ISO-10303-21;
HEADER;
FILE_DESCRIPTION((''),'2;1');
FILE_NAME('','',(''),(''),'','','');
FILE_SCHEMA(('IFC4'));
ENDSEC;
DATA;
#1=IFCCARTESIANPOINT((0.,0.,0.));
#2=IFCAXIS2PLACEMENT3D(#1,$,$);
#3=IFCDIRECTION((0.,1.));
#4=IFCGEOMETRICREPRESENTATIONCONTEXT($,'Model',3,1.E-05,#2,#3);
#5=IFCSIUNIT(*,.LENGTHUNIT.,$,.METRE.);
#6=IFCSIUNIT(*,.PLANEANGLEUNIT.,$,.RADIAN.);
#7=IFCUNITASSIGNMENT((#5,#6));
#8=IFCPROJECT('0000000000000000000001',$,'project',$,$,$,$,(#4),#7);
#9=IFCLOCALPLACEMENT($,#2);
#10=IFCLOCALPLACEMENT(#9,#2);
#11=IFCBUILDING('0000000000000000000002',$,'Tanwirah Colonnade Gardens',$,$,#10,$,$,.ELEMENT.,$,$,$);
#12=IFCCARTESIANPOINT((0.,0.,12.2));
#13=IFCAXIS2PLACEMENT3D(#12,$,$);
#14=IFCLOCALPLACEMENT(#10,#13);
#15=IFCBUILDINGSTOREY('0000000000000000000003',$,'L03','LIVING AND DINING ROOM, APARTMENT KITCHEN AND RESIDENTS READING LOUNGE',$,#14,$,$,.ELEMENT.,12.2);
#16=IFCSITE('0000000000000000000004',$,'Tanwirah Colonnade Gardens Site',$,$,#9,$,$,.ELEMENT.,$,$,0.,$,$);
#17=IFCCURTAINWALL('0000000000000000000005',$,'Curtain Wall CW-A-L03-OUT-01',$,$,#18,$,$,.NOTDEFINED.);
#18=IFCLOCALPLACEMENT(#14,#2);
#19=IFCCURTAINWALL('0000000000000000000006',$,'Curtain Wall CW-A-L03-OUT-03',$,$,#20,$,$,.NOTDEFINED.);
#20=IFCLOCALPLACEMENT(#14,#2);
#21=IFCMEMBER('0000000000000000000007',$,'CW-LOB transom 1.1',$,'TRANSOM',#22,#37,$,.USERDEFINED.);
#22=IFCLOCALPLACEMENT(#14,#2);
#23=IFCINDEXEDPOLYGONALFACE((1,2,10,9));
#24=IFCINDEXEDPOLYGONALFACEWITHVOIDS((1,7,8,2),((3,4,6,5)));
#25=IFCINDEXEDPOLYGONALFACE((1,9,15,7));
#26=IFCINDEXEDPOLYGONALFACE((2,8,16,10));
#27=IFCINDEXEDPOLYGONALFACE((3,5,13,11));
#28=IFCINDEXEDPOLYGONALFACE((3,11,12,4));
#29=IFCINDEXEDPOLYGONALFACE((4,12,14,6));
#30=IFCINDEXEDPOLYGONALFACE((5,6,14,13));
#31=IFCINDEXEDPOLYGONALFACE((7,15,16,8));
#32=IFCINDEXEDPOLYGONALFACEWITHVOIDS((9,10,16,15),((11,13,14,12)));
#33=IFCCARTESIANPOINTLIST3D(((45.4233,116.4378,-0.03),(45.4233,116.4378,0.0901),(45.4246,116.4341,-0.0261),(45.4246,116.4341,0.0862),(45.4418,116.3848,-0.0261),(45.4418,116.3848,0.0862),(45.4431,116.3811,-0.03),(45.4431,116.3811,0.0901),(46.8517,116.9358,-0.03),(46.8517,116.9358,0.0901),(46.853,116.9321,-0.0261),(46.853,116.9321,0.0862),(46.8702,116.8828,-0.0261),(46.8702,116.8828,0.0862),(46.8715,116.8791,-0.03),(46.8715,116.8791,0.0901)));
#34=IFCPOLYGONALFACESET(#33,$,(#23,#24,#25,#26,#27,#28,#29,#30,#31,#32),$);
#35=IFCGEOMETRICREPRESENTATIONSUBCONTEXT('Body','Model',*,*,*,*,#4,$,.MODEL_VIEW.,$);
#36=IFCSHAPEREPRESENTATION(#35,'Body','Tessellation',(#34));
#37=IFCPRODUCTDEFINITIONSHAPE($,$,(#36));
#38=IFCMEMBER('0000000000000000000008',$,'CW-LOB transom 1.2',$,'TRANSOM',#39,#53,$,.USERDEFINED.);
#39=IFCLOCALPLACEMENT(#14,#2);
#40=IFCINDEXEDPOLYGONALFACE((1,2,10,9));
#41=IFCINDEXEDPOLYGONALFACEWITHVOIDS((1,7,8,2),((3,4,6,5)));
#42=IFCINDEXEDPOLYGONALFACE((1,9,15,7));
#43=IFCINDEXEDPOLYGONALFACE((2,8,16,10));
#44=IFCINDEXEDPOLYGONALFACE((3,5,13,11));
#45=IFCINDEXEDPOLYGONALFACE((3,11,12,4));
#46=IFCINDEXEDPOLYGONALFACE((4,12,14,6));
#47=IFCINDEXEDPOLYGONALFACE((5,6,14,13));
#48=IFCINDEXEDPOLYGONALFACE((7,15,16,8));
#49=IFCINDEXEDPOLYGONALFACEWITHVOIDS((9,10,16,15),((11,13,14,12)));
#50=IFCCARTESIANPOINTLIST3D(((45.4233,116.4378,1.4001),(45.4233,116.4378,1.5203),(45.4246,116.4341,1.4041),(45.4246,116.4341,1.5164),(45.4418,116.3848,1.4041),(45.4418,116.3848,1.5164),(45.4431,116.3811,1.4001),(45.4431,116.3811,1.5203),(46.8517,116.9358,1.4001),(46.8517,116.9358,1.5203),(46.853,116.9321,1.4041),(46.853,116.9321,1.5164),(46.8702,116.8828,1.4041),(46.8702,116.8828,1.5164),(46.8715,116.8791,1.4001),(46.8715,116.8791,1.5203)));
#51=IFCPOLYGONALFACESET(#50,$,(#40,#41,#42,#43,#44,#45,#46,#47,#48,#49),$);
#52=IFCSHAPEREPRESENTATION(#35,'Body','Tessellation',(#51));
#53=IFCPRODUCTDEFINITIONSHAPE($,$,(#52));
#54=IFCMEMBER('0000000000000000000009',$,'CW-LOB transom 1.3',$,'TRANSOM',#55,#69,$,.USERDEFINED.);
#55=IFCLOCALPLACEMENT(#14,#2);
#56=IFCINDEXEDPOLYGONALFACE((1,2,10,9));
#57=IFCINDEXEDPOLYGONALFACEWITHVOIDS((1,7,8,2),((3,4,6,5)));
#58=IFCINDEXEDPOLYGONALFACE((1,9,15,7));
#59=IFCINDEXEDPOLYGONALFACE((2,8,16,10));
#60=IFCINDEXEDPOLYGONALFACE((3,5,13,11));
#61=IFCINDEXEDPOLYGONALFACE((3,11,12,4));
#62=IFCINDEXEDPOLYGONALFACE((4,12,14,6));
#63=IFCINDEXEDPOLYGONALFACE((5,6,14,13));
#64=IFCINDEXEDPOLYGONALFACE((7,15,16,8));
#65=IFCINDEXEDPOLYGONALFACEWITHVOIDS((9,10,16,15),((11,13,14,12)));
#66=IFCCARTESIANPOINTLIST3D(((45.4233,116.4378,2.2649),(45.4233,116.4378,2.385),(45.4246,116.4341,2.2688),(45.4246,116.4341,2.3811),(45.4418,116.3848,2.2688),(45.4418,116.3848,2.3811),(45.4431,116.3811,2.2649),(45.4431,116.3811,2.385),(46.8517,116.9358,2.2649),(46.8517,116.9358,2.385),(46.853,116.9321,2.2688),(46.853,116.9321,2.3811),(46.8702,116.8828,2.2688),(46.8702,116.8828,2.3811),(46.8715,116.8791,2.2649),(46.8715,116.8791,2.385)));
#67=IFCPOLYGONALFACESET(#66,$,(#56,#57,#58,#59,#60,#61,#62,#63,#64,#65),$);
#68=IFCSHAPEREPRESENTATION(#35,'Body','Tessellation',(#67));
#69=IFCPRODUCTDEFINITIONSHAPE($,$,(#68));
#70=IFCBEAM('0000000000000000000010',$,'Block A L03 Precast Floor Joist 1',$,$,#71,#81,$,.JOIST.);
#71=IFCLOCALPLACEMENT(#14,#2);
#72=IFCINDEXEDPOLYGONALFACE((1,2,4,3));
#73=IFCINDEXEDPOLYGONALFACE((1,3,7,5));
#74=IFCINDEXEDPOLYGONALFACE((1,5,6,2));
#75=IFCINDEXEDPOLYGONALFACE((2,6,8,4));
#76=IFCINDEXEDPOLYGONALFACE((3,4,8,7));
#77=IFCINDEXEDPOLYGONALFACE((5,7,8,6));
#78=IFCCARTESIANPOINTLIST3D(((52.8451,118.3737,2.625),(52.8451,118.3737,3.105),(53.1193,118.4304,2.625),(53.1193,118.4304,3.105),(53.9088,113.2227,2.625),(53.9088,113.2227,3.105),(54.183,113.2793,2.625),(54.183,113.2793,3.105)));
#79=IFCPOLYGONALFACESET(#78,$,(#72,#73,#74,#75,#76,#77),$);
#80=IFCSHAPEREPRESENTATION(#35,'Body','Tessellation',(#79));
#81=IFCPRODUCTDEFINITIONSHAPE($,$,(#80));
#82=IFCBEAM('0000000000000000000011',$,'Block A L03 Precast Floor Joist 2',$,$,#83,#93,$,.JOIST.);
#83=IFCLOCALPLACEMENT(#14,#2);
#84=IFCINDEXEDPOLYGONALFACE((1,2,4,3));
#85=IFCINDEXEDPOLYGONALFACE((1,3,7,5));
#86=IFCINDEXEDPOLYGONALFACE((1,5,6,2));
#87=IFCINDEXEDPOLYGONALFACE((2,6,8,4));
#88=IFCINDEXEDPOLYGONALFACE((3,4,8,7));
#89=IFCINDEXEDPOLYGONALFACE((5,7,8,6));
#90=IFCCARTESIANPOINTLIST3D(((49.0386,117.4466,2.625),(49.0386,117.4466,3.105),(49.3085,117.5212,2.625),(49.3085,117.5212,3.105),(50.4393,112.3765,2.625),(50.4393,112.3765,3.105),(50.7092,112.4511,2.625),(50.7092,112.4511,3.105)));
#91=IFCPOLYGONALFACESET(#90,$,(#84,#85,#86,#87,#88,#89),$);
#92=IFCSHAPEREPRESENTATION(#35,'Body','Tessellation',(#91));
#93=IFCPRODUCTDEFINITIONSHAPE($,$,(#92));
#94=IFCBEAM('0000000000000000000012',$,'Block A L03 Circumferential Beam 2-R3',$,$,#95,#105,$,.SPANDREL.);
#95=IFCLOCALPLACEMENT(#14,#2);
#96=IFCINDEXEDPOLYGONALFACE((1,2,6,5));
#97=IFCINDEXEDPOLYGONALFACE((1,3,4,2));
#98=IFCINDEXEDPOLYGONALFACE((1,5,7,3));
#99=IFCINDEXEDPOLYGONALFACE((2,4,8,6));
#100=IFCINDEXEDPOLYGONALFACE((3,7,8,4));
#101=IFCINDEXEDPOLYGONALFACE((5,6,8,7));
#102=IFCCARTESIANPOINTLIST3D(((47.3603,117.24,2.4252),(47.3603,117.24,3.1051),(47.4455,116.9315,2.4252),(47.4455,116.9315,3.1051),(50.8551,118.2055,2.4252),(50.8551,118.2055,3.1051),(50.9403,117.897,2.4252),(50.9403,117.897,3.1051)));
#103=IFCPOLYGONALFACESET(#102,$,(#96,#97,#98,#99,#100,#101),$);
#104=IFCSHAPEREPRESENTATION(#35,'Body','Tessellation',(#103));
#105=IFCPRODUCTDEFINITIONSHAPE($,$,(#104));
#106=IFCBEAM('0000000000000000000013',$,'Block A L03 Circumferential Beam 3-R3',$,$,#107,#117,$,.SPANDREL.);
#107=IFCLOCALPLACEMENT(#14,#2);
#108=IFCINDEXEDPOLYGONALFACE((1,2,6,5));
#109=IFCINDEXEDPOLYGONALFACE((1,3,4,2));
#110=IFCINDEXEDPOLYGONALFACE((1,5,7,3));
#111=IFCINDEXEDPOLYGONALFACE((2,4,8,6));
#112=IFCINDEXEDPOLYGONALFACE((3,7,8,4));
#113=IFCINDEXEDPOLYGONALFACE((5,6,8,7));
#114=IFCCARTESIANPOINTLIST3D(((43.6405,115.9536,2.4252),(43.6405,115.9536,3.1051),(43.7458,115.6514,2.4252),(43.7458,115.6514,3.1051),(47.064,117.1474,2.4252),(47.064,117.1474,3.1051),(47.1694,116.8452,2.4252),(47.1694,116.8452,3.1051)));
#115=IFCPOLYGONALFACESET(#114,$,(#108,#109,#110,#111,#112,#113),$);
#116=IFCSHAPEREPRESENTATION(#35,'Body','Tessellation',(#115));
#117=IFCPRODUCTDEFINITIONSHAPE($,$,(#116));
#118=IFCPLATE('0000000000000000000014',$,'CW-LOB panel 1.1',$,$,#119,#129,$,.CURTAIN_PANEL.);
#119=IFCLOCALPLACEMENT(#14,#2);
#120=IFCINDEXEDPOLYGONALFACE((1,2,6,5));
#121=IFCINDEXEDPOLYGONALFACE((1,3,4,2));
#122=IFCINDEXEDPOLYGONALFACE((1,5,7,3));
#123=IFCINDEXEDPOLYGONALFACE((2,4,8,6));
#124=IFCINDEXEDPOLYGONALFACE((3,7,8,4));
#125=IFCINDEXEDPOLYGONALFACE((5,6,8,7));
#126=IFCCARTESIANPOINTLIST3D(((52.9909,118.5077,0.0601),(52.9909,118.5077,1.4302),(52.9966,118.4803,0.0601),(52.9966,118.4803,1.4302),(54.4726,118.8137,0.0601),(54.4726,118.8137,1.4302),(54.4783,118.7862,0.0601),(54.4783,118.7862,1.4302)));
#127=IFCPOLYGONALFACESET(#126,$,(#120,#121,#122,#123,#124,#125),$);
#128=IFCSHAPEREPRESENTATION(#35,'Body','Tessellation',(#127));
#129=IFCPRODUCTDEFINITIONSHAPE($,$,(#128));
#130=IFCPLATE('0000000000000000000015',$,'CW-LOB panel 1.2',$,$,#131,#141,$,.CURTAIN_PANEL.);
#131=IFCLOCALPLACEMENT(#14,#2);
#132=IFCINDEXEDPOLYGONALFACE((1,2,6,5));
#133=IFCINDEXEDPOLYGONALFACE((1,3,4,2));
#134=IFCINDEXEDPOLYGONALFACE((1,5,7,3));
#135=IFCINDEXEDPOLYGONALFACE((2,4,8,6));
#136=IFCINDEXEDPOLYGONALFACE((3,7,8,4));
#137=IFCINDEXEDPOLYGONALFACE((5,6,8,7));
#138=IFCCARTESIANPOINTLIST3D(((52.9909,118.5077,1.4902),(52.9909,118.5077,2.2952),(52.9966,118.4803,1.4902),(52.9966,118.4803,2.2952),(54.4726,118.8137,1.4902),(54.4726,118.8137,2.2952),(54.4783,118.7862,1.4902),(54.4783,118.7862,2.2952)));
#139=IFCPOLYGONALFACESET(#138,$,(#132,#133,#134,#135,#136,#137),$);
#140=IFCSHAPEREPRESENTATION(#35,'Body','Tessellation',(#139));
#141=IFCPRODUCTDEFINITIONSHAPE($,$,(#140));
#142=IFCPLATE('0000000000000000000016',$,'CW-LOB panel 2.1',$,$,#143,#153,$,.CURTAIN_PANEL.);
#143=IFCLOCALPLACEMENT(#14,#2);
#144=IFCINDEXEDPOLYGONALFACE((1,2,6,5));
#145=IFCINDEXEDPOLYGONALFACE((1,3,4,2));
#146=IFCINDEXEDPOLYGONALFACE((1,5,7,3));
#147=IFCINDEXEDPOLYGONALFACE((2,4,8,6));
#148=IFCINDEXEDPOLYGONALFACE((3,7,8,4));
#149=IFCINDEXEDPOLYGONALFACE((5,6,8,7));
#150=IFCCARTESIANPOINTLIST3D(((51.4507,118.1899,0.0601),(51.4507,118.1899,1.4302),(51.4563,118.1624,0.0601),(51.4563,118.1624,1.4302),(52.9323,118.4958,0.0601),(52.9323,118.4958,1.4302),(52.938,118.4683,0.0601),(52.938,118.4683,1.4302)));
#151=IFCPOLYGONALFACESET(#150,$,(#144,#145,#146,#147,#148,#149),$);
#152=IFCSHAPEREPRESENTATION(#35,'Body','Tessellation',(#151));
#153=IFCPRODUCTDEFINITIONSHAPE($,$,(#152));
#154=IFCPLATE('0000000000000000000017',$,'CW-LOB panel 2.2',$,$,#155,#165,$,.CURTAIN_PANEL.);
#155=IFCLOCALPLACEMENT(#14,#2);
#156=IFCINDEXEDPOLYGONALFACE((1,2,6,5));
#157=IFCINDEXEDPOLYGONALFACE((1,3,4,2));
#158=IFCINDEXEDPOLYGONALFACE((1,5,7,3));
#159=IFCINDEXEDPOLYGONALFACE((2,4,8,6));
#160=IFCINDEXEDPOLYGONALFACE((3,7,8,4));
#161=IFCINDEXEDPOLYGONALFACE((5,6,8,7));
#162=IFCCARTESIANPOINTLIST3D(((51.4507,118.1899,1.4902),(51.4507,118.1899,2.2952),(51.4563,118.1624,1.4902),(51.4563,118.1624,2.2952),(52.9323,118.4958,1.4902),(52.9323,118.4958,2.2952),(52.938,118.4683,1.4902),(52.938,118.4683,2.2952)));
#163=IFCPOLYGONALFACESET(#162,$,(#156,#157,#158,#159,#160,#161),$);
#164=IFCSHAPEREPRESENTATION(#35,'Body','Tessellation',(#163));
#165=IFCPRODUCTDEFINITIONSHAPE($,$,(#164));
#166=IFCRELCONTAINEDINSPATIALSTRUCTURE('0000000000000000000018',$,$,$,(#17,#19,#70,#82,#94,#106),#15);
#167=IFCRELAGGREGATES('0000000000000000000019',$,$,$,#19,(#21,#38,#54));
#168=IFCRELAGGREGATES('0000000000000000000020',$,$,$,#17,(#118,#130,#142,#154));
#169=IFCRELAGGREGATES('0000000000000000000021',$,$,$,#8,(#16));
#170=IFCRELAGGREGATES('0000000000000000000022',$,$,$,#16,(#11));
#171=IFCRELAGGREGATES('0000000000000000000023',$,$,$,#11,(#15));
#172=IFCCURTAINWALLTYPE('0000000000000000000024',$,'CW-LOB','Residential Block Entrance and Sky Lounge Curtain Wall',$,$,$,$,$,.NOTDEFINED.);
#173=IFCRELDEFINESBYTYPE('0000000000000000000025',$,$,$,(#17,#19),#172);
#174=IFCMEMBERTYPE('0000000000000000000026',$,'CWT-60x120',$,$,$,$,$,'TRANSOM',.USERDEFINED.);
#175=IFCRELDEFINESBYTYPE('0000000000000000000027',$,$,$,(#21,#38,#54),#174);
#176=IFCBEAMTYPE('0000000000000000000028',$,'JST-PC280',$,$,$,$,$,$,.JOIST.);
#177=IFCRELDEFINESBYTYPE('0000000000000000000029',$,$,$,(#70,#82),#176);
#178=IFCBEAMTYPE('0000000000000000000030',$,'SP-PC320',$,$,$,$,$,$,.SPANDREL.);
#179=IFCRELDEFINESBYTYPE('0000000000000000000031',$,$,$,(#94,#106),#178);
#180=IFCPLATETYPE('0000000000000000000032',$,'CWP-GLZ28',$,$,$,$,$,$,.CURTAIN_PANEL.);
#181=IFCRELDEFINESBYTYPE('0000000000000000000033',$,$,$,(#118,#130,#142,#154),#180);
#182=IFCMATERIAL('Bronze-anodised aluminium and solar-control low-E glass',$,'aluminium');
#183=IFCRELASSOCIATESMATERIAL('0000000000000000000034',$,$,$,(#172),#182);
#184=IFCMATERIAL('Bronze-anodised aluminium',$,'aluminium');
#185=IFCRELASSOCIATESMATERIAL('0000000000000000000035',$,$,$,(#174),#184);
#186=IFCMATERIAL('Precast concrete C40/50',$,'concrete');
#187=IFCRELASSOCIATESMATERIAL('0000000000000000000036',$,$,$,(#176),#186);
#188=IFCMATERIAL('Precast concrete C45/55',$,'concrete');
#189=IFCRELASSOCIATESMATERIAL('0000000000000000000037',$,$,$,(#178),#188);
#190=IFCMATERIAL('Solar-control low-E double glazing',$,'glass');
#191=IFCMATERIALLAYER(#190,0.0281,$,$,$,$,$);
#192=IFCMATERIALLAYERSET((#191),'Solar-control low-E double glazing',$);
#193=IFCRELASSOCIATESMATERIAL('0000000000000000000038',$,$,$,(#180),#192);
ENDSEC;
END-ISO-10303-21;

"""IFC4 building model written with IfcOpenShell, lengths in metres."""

from ifc_helpers import new_model, si_unit, direction, frame, origin, origin_2d, place, context, subcontext, project, spatial, rectangle, hollow_rectangle, extrude, material, layer, layer_set, material_profile, profile_set, type_object, element, aggregate, save


model = new_model("IFC4")

# Units and contexts
model_context = context("Model", 3, precision=1e-05, world=origin(), true_north=direction((0.0, 1.0)))
body_context = subcontext(model_context, "Body", "Model", "MODEL_VIEW")
ifc_project = project(units=[si_unit("LENGTHUNIT", "METRE"), si_unit("PLANEANGLEUNIT", "RADIAN")], contexts=[model_context])

# Site, building, storey
site_placement = place(None, origin())
site = spatial("IfcSite", under=ifc_project, at=site_placement, Name="Tanwirah Colonnade Gardens Site", CompositionType="ELEMENT", RefElevation=0.0)
building_placement = place(site_placement, origin())
building = spatial("IfcBuilding", under=site, at=building_placement, Name="Tanwirah Colonnade Gardens", CompositionType="ELEMENT")
storey_placement = place(building_placement, frame((0.0, 0.0, 12.2)))
storey = spatial("IfcBuildingStorey", under=building, at=storey_placement, Name="L03", Description="LIVING AND DINING ROOM, APARTMENT KITCHEN AND RESIDENTS READING LOUNGE", CompositionType="ELEMENT", Elevation=12.2)

# Shared definitions
ifc_material_1 = material(Name="Precast concrete C45/55", Category="concrete")
ifc_material_2 = material(Name="Precast concrete C40/50", Category="concrete")

# Curtain wall
ifc_material_3 = material(Name="Bronze-anodised aluminium and solar-control low-E glass", Category="aluminium")
curtain_wall_type = type_object("IfcCurtainWallType", Name="CW-LOB", Description="Residential Block Entrance and Sky Lounge Curtain Wall", PredefinedType="NOTDEFINED", material=ifc_material_3)
curtain_wall_1_placement = place(storey_placement, origin())
curtain_wall_1 = element("IfcCurtainWall", 1, at=curtain_wall_1_placement, inside=storey, type_object=curtain_wall_type, Name="Curtain Wall CW-A-L03-OUT-01", PredefinedType="NOTDEFINED")
ifc_material_4 = material(Name="Bronze-anodised aluminium", Category="aluminium")

# Curtain wall
curtain_wall_2_placement = place(storey_placement, origin())
curtain_wall_2 = element("IfcCurtainWall", 2, at=curtain_wall_2_placement, inside=storey, type_object=curtain_wall_type, Name="Curtain Wall CW-A-L03-OUT-03", PredefinedType="NOTDEFINED")

# Members
ifc_material_profile_1 = material_profile(ifc_material_4, hollow_rectangle(XDim=0.0601, YDim=0.1201, WallThickness=0.0039, at=origin_2d()), Name="CW-TRN 60x120x4")
ifc_profile_set_1 = profile_set([ifc_material_profile_1], Name="Bronze-anodised aluminium")
member_type_1 = type_object("IfcMemberType", Name="CWT-60x120", ElementType="TRANSOM", PredefinedType="USERDEFINED", material=ifc_profile_set_1)
member_1_placement = place(storey_placement, frame((46.8616, 116.9075, 0.03), z_axis=(-0.944253, -0.329222, 0.0), x_axis=(0.329222, -0.944253, 0.0)))
member_1 = element("IfcMember", 3, at=member_1_placement, type_object=member_type_1, Name="CW-LOB transom 1.1", ObjectType="TRANSOM", PredefinedType="USERDEFINED", context=body_context, shape_type="SweptSolid", body=[
    extrude(hollow_rectangle(XDim=0.0601, YDim=0.1201, WallThickness=0.0039, at=origin_2d()), origin(), (0.0, 0.0, 1.0), 1.5127),
])
member_2_placement = place(storey_placement, frame((46.8616, 116.9075, 1.4602), z_axis=(-0.944253, -0.329222, 0.0), x_axis=(0.329222, -0.944253, 0.0)))
member_2 = element("IfcMember", 4, at=member_2_placement, type_object=member_type_1, Name="CW-LOB transom 1.2", ObjectType="TRANSOM", PredefinedType="USERDEFINED", context=body_context, shape_type="SweptSolid", body=[
    extrude(hollow_rectangle(XDim=0.0601, YDim=0.1201, WallThickness=0.0039, at=origin_2d()), origin(), (0.0, 0.0, 1.0), 1.5127),
])
member_3_placement = place(storey_placement, frame((46.8616, 116.9075, 2.325), z_axis=(-0.944253, -0.329222, 0.0), x_axis=(0.329222, -0.944253, 0.0)))
member_3 = element("IfcMember", 5, at=member_3_placement, type_object=member_type_1, Name="CW-LOB transom 1.3", ObjectType="TRANSOM", PredefinedType="USERDEFINED", context=body_context, shape_type="SweptSolid", body=[
    extrude(hollow_rectangle(XDim=0.0601, YDim=0.1201, WallThickness=0.0039, at=origin_2d()), origin(), (0.0, 0.0, 1.0), 1.5127),
])
aggregate(curtain_wall_2, [member_1, member_2, member_3])

# Beams
ifc_material_profile_2 = material_profile(ifc_material_2, rectangle(XDim=0.28, YDim=0.48, at=origin_2d()), Name="PC-JST 280x480")
ifc_profile_set_2 = profile_set([ifc_material_profile_2], Name="Precast concrete C40/50")
beam_type_1 = type_object("IfcBeamType", Name="JST-PC280", PredefinedType="JOIST", material=ifc_profile_set_2)
beam_1_placement = place(storey_placement, frame((54.0459, 113.251, 2.865), z_axis=(-0.202236, 0.979337, 0.0), x_axis=(-0.979337, -0.202236, 0.0)))
element("IfcBeam", 6, at=beam_1_placement, inside=storey, type_object=beam_type_1, Name="Block A L03 Precast Floor Joist 1", PredefinedType="JOIST", context=body_context, shape_type="SweptSolid", body=[
    extrude(rectangle(XDim=0.28, YDim=0.48, at=origin_2d()), origin(), (0.0, 0.0, 1.0), 5.2598),
])
beam_2_placement = place(storey_placement, frame((50.5742, 112.4138, 2.865), z_axis=(-0.266281, 0.963895, 0.0), x_axis=(-0.963895, -0.266281, 0.0)))
element("IfcBeam", 7, at=beam_2_placement, inside=storey, type_object=beam_type_1, Name="Block A L03 Precast Floor Joist 2", PredefinedType="JOIST", context=body_context, shape_type="SweptSolid", body=[
    extrude(rectangle(XDim=0.28, YDim=0.48, at=origin_2d()), origin(), (0.0, 0.0, 1.0), 5.26),
])
ifc_material_profile_3 = material_profile(ifc_material_1, rectangle(XDim=0.3201, YDim=0.6799, at=origin_2d()), Name="PC-SP 320x680")
ifc_profile_set_3 = profile_set([ifc_material_profile_3], Name="Precast concrete C45/55")
beam_type_2 = type_object("IfcBeamType", Name="SP-PC320", PredefinedType="SPANDREL", material=ifc_profile_set_3)
for number, where, z_axis, x_axis, name in (
    (8, (50.8977, 118.0513, 2.7651), (-0.963888, -0.266307, 0.0), (0.266307, -0.963888, 0.0), "Block A L03 Circumferential Beam 2-R3"),
    (9, (47.1167, 116.9963, 2.7651), (-0.944237, -0.329267, 0.0), (0.329267, -0.944237, 0.0), "Block A L03 Circumferential Beam 3-R3"),
):
    element("IfcBeam", number, at=place(storey_placement, frame(where, z_axis=z_axis, x_axis=x_axis)), inside=storey, type_object=beam_type_2, Name=name, PredefinedType="SPANDREL", context=body_context, shape_type="SweptSolid", body=[
        extrude(rectangle(XDim=0.3201, YDim=0.6799, at=origin_2d()), origin(), (0.0, 0.0, 1.0), 3.6257),
    ])

# Plates
ifc_material_5 = material(Name="Solar-control low-E double glazing", Category="glass")
ifc_layer_1 = layer(ifc_material_5, 0.0281)
ifc_layer_set_1 = layer_set([ifc_layer_1], Name="Solar-control low-E double glazing")
plate_type = type_object("IfcPlateType", Name="CWP-GLZ28", PredefinedType="CURTAIN_PANEL", material=ifc_layer_set_1)
plate_1_placement = place(storey_placement, frame((53.7346, 118.647, 0.0601), z_axis=(0.0, 0.0, 1.0), x_axis=(-0.979341, -0.202218, 0.0)))
plate_1 = element("IfcPlate", 10, at=plate_1_placement, type_object=plate_type, Name="CW-LOB panel 1.1", PredefinedType="CURTAIN_PANEL", context=body_context, shape_type="SweptSolid", body=[
    extrude(rectangle(XDim=1.5129, YDim=0.0281, at=origin_2d()), origin(), (0.0, 0.0, 1.0), 1.3701),
])
plate_2_placement = place(storey_placement, frame((53.7346, 118.647, 1.4902), z_axis=(0.0, 0.0, 1.0), x_axis=(-0.979341, -0.202218, 0.0)))
plate_2 = element("IfcPlate", 11, at=plate_2_placement, type_object=plate_type, Name="CW-LOB panel 1.2", PredefinedType="CURTAIN_PANEL", context=body_context, shape_type="SweptSolid", body=[
    extrude(rectangle(XDim=1.5129, YDim=0.0281, at=origin_2d()), origin(), (0.0, 0.0, 1.0), 0.8049),
])
plate_3_placement = place(storey_placement, frame((52.1943, 118.3291, 0.0601), z_axis=(0.0, 0.0, 1.0), x_axis=(-0.979341, -0.202218, 0.0)))
plate_3 = element("IfcPlate", 12, at=plate_3_placement, type_object=plate_type, Name="CW-LOB panel 2.1", PredefinedType="CURTAIN_PANEL", context=body_context, shape_type="SweptSolid", body=[
    extrude(rectangle(XDim=1.5129, YDim=0.0281, at=origin_2d()), origin(), (0.0, 0.0, 1.0), 1.3701),
])
plate_4_placement = place(storey_placement, frame((52.1943, 118.3291, 1.4902), z_axis=(0.0, 0.0, 1.0), x_axis=(-0.979341, -0.202218, 0.0)))
plate_4 = element("IfcPlate", 13, at=plate_4_placement, type_object=plate_type, Name="CW-LOB panel 2.2", PredefinedType="CURTAIN_PANEL", context=body_context, shape_type="SweptSolid", body=[
    extrude(rectangle(XDim=1.5129, YDim=0.0281, at=origin_2d()), origin(), (0.0, 0.0, 1.0), 0.8049),
])
aggregate(curtain_wall_1, [plate_1, plate_2, plate_3, plate_4])

save(model, "model.ifc")
